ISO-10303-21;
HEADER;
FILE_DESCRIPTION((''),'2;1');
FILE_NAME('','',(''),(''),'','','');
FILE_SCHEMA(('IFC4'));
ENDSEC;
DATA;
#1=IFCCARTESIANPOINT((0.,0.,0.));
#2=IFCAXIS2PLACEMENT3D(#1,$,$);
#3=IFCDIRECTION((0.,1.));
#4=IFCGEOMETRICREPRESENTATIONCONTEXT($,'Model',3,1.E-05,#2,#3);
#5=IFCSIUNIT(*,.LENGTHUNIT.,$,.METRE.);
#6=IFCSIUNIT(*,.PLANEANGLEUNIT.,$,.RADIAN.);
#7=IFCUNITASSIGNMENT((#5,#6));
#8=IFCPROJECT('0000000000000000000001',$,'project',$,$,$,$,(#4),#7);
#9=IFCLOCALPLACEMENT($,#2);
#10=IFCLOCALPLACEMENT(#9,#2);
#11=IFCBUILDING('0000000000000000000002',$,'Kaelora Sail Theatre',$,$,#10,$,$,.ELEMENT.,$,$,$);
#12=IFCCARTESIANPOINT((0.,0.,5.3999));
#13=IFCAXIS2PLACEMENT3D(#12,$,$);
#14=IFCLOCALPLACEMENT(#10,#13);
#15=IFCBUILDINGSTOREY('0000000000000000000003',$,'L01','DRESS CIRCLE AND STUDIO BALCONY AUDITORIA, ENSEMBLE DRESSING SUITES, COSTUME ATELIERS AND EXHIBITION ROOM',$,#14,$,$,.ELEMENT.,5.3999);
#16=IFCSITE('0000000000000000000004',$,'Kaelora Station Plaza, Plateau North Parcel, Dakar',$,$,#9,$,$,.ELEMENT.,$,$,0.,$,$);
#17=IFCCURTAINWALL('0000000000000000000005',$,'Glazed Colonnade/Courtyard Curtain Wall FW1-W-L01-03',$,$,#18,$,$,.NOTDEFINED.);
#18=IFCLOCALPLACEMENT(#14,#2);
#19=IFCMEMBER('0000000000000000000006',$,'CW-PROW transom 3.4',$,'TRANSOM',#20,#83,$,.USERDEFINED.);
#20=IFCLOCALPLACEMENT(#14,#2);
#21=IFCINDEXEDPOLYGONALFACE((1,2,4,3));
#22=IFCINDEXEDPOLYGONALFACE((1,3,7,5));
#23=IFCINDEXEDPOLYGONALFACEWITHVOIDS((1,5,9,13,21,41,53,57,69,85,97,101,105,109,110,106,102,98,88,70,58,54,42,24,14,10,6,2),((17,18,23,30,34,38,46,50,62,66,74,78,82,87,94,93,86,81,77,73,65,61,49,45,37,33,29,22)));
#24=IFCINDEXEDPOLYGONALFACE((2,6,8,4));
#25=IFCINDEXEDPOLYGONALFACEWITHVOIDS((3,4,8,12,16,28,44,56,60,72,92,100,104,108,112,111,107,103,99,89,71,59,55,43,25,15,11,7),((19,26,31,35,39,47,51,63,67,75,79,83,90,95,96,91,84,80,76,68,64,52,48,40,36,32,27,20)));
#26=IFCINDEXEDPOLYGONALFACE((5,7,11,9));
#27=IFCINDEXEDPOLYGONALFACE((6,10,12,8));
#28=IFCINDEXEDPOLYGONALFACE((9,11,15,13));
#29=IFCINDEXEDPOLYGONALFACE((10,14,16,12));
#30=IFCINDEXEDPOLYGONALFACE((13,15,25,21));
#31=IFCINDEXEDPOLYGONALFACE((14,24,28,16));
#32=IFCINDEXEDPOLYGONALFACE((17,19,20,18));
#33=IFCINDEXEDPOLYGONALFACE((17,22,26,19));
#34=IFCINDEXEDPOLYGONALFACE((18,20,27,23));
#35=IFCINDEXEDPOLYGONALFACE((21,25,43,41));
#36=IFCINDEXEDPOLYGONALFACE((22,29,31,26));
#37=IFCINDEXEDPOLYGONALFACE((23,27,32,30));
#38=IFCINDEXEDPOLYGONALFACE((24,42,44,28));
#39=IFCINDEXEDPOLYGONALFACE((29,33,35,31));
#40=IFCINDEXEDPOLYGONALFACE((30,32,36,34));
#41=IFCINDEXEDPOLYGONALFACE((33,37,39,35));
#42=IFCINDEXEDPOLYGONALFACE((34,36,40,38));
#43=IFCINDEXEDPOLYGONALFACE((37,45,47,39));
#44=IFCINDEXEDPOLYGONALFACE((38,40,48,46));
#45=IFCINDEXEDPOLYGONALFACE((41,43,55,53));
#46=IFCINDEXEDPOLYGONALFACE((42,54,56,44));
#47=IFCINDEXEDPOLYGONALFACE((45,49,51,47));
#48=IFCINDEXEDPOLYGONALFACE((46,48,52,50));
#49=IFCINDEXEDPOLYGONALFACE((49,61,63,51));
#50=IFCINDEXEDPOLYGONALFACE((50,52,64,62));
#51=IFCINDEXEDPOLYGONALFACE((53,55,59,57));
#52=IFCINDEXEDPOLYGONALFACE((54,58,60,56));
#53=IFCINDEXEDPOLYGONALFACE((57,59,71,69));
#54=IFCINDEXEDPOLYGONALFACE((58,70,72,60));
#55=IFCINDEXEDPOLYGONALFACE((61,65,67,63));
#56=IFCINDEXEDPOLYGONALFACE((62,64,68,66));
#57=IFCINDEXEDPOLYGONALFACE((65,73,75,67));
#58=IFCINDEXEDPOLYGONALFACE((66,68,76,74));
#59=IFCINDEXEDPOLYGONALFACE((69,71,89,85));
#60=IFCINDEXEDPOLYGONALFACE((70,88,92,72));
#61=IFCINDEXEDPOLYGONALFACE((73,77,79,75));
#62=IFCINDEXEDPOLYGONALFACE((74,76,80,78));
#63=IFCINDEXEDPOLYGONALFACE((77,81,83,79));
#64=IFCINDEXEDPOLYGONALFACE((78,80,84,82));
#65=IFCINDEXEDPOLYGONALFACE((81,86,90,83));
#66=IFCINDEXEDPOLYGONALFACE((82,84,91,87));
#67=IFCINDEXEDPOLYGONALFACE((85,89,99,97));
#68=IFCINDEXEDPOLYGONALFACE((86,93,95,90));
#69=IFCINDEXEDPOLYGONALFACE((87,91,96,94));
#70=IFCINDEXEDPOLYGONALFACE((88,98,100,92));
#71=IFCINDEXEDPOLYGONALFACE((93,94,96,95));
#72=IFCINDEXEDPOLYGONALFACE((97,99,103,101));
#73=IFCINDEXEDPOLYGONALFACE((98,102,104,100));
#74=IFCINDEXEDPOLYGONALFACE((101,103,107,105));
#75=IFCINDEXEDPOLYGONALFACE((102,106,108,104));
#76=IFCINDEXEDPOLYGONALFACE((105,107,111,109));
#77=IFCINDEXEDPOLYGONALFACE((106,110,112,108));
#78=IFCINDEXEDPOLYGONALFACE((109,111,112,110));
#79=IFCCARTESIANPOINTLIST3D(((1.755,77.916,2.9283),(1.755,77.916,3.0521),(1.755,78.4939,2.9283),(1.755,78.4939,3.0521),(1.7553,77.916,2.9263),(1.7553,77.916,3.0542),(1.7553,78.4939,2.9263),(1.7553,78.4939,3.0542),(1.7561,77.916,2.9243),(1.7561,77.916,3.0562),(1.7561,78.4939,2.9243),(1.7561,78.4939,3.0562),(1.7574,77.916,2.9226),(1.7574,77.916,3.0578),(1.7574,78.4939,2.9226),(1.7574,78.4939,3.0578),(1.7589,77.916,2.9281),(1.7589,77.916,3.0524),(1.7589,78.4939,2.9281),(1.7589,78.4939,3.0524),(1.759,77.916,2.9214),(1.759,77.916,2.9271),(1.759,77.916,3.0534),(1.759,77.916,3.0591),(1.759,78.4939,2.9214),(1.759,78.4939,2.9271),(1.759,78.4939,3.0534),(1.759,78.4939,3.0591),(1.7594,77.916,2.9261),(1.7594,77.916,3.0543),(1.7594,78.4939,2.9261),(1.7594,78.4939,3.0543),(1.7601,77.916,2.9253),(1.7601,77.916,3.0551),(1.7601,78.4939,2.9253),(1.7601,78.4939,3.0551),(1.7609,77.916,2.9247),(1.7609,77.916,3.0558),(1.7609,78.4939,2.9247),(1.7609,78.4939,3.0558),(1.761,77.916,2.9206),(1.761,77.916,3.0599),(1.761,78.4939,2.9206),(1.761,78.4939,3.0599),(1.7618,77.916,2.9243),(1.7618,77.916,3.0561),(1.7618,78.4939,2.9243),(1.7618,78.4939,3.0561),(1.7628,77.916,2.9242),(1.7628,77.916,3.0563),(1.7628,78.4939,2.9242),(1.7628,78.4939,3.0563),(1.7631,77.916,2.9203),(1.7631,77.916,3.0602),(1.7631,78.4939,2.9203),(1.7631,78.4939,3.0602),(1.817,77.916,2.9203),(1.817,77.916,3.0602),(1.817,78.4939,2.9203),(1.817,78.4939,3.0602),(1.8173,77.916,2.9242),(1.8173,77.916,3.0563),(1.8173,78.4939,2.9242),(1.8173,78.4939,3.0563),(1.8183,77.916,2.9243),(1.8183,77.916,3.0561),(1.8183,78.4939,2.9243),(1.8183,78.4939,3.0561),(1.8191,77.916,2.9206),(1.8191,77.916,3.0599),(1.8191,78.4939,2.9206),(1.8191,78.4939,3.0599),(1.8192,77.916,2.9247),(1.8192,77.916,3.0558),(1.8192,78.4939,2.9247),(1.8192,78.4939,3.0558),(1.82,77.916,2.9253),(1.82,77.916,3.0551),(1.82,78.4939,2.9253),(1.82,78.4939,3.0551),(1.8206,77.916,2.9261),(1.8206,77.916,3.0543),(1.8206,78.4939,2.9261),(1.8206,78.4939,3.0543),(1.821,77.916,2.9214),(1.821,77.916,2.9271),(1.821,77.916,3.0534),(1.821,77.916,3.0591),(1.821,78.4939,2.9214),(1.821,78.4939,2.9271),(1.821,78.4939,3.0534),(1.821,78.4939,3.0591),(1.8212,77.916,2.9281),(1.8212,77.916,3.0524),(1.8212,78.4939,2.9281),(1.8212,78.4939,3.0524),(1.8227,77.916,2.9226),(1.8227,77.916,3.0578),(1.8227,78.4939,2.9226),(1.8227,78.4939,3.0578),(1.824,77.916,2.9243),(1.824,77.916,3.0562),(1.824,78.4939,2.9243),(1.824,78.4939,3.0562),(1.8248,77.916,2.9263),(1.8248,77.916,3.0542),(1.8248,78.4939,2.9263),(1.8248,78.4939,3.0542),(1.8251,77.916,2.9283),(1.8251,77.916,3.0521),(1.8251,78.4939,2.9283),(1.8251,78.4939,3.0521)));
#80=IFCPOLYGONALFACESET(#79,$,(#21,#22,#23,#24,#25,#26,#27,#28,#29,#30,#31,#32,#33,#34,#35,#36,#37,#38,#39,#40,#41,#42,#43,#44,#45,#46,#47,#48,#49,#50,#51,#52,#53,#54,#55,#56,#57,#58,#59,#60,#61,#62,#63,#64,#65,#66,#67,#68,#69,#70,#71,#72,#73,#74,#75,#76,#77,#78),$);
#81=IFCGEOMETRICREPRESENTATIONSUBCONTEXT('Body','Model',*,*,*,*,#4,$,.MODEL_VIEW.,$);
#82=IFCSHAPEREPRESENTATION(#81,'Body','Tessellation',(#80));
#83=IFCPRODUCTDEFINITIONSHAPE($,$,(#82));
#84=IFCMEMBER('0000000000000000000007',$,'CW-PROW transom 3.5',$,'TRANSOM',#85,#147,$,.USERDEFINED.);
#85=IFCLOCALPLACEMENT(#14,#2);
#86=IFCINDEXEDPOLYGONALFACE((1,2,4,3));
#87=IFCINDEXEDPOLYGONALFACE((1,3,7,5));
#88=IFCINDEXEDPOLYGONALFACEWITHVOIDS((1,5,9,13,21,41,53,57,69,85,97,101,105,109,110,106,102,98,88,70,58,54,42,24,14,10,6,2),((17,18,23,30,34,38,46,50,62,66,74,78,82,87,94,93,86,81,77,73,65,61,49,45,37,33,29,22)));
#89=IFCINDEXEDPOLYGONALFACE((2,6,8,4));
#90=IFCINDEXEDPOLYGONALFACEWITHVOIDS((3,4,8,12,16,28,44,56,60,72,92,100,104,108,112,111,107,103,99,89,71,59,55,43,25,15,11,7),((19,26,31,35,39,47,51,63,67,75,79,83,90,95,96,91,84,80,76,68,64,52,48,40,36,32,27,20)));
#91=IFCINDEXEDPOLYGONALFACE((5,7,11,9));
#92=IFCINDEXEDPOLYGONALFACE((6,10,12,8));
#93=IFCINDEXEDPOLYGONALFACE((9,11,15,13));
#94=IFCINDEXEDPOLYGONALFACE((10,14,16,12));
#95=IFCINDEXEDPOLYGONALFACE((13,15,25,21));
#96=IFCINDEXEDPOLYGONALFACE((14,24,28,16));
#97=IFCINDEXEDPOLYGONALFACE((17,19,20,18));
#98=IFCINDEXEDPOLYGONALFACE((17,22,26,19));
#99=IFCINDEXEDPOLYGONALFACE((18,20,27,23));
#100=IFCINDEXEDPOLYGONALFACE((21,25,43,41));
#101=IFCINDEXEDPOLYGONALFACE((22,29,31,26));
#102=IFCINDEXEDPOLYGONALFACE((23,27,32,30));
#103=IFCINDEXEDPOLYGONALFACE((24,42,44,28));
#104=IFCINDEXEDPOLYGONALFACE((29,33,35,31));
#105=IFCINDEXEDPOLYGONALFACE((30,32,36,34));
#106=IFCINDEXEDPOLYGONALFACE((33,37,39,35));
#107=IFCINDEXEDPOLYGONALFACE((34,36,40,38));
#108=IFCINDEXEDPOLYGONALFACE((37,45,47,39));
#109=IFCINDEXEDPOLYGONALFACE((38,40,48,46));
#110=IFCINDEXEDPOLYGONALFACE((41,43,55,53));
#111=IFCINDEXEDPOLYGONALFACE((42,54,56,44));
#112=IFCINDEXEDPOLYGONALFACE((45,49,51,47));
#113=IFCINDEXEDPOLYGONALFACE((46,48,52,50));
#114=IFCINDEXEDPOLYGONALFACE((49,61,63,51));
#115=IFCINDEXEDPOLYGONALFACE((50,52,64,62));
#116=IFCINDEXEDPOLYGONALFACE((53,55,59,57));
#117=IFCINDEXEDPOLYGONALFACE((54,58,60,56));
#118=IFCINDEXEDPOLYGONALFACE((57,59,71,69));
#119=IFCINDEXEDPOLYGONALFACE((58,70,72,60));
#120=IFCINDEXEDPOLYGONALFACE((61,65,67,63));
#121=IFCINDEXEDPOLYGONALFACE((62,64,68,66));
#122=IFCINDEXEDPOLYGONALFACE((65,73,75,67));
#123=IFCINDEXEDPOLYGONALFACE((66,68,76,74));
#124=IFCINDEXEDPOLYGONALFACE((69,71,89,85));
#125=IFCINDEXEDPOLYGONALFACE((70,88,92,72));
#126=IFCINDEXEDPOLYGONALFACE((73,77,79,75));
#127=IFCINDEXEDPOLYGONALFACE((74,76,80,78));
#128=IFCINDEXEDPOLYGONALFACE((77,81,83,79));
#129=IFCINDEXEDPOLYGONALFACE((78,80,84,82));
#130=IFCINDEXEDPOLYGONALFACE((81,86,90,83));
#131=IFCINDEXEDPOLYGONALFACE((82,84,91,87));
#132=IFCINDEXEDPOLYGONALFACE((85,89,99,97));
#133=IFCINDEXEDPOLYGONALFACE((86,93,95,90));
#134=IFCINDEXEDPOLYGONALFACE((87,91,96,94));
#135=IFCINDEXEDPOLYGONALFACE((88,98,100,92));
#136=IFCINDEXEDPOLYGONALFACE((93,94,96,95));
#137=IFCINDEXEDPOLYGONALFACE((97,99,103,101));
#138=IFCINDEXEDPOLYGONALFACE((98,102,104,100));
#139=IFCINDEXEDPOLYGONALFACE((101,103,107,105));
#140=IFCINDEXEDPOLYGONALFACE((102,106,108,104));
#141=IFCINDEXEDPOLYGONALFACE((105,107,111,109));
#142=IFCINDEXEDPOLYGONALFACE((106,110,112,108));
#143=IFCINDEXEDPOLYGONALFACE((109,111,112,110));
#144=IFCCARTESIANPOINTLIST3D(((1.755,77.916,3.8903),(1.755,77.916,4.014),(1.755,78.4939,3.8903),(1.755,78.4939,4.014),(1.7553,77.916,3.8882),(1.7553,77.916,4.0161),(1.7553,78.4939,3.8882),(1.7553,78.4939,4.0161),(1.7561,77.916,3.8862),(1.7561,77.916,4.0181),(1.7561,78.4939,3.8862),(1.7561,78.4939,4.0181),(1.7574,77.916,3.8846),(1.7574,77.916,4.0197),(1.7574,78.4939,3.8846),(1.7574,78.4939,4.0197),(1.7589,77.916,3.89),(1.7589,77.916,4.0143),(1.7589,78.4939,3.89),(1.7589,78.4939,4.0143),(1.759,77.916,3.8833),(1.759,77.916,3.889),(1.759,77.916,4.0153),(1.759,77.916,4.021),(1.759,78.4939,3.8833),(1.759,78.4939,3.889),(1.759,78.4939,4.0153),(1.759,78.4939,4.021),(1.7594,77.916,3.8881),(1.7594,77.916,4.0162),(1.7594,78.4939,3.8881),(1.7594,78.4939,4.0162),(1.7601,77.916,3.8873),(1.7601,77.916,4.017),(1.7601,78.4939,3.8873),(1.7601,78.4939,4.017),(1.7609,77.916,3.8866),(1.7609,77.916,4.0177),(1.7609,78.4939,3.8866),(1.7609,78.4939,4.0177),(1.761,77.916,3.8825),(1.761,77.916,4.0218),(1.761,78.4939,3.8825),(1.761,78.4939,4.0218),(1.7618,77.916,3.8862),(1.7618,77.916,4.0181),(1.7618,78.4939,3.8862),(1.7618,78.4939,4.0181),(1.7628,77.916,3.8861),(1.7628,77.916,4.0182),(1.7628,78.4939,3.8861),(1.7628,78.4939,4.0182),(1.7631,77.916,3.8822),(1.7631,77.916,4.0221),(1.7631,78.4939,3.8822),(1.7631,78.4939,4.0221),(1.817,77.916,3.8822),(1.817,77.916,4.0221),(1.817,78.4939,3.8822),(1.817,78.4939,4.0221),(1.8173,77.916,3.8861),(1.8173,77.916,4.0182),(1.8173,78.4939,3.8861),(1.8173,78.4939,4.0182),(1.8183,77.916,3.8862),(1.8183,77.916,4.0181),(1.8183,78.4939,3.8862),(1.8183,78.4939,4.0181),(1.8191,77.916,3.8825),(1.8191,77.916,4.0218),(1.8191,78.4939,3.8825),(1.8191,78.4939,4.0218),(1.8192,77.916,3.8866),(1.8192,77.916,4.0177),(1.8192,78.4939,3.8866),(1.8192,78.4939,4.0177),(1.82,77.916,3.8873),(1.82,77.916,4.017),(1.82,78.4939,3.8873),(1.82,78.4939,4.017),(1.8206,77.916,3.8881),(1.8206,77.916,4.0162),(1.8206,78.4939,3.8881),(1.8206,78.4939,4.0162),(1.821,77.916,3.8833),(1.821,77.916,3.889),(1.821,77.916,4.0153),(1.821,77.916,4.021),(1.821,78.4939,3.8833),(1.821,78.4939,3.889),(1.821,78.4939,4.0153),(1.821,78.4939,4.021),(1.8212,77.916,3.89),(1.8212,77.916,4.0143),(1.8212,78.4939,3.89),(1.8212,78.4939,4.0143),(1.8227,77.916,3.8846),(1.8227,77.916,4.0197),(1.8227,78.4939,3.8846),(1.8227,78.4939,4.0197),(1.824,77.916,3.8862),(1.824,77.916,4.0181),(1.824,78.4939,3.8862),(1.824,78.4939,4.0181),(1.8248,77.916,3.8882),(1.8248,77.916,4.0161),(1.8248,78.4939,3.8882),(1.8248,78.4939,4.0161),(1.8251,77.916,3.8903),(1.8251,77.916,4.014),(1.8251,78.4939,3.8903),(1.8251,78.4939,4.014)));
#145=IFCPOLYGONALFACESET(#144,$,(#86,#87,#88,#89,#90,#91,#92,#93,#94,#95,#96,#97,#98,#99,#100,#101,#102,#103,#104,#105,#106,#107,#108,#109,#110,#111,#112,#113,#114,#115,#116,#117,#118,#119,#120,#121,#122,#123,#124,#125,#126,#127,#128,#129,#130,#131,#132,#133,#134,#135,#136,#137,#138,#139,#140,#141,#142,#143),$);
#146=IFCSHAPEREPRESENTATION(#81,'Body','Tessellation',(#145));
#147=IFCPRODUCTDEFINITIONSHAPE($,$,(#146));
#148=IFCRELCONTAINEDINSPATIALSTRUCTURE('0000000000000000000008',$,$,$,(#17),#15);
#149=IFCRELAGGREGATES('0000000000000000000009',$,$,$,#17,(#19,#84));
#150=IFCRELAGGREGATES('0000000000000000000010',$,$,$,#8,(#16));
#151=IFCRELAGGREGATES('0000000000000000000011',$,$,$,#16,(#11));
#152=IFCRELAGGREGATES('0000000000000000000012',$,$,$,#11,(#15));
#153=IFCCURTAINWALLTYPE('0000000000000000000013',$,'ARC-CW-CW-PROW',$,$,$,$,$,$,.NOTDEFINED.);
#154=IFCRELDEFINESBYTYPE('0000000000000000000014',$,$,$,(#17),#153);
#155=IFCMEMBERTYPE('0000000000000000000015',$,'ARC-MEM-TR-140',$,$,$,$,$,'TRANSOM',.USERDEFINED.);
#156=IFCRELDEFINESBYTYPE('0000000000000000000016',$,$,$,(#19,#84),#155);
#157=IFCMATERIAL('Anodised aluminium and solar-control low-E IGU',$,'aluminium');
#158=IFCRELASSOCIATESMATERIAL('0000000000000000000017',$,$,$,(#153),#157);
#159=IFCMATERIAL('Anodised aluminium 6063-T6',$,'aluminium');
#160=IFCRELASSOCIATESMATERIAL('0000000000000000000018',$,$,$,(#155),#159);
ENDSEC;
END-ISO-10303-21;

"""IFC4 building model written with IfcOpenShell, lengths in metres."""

from ifc_helpers import new_model, si_unit, direction, frame, origin, origin_2d, place, context, subcontext, project, spatial, hollow_rectangle, extrude, material, material_profile, profile_set, type_object, element, aggregate, save


model = new_model("IFC4")

# Units and contexts
model_context = context("Model", 3, precision=1e-05, world=origin(), true_north=direction((0.0, 1.0)))
body_context = subcontext(model_context, "Body", "Model", "MODEL_VIEW")
ifc_project = project(units=[si_unit("LENGTHUNIT", "METRE"), si_unit("PLANEANGLEUNIT", "RADIAN")], contexts=[model_context])

# Site, building, storey
site_placement = place(None, origin())
site = spatial("IfcSite", under=ifc_project, at=site_placement, Name="Kaelora Station Plaza, Plateau North Parcel, Dakar", CompositionType="ELEMENT", RefElevation=0.0)
building_placement = place(site_placement, origin())
building = spatial("IfcBuilding", under=site, at=building_placement, Name="Kaelora Sail Theatre", CompositionType="ELEMENT")
storey_placement = place(building_placement, frame((0.0, 0.0, 5.3999)))
storey = spatial("IfcBuildingStorey", under=building, at=storey_placement, Name="L01", Description="DRESS CIRCLE AND STUDIO BALCONY AUDITORIA, ENSEMBLE DRESSING SUITES, COSTUME ATELIERS AND EXHIBITION ROOM", CompositionType="ELEMENT", Elevation=5.3999)

# Curtain wall, members
ifc_material_1 = material(Name="Anodised aluminium and solar-control low-E IGU", Category="aluminium")
curtain_wall_type = type_object("IfcCurtainWallType", Name="ARC-CW-CW-PROW", PredefinedType="NOTDEFINED", material=ifc_material_1)
curtain_wall_placement = place(storey_placement, origin())
curtain_wall = element("IfcCurtainWall", 1, at=curtain_wall_placement, inside=storey, type_object=curtain_wall_type, Name="Glazed Colonnade/Courtyard Curtain Wall FW1-W-L01-03", PredefinedType="NOTDEFINED")
ifc_material_2 = material(Name="Anodised aluminium 6063-T6", Category="aluminium")
ifc_material_profile_1 = material_profile(ifc_material_2, hollow_rectangle(XDim=0.0701, YDim=0.1399, WallThickness=0.0039, InnerFilletRadius=0.0039, OuterFilletRadius=0.0081, at=origin_2d()), Name="ALU-TRAN 70x140x4")
ifc_profile_set_1 = profile_set([ifc_material_profile_1], Name="Anodised aluminium 6063-T6")
member_type_1 = type_object("IfcMemberType", Name="ARC-MEM-TR-140", ElementType="TRANSOM", PredefinedType="USERDEFINED", material=ifc_profile_set_1)
member_1_placement = place(storey_placement, frame((1.79, 77.916, 2.9902), z_axis=(0.0, 1.0, 0.0), x_axis=(-1.0, 0.0, 0.0)))
member_1 = element("IfcMember", 2, at=member_1_placement, type_object=member_type_1, Name="CW-PROW transom 3.4", ObjectType="TRANSOM", PredefinedType="USERDEFINED", context=body_context, shape_type="SweptSolid", body=[
    extrude(hollow_rectangle(XDim=0.0701, YDim=0.1399, WallThickness=0.0039, InnerFilletRadius=0.0039, OuterFilletRadius=0.0081, at=origin_2d()), origin(), (0.0, 0.0, 1.0), 0.5779),
])
member_2_placement = place(storey_placement, frame((1.79, 77.916, 3.9521), z_axis=(0.0, 1.0, 0.0), x_axis=(-1.0, 0.0, 0.0)))
member_2 = element("IfcMember", 3, at=member_2_placement, type_object=member_type_1, Name="CW-PROW transom 3.5", ObjectType="TRANSOM", PredefinedType="USERDEFINED", context=body_context, shape_type="SweptSolid", body=[
    extrude(hollow_rectangle(XDim=0.0701, YDim=0.1399, WallThickness=0.0039, InnerFilletRadius=0.0039, OuterFilletRadius=0.0081, at=origin_2d()), origin(), (0.0, 0.0, 1.0), 0.5779),
])
aggregate(curtain_wall, [member_1, member_2])

save(model, "model.ifc")
